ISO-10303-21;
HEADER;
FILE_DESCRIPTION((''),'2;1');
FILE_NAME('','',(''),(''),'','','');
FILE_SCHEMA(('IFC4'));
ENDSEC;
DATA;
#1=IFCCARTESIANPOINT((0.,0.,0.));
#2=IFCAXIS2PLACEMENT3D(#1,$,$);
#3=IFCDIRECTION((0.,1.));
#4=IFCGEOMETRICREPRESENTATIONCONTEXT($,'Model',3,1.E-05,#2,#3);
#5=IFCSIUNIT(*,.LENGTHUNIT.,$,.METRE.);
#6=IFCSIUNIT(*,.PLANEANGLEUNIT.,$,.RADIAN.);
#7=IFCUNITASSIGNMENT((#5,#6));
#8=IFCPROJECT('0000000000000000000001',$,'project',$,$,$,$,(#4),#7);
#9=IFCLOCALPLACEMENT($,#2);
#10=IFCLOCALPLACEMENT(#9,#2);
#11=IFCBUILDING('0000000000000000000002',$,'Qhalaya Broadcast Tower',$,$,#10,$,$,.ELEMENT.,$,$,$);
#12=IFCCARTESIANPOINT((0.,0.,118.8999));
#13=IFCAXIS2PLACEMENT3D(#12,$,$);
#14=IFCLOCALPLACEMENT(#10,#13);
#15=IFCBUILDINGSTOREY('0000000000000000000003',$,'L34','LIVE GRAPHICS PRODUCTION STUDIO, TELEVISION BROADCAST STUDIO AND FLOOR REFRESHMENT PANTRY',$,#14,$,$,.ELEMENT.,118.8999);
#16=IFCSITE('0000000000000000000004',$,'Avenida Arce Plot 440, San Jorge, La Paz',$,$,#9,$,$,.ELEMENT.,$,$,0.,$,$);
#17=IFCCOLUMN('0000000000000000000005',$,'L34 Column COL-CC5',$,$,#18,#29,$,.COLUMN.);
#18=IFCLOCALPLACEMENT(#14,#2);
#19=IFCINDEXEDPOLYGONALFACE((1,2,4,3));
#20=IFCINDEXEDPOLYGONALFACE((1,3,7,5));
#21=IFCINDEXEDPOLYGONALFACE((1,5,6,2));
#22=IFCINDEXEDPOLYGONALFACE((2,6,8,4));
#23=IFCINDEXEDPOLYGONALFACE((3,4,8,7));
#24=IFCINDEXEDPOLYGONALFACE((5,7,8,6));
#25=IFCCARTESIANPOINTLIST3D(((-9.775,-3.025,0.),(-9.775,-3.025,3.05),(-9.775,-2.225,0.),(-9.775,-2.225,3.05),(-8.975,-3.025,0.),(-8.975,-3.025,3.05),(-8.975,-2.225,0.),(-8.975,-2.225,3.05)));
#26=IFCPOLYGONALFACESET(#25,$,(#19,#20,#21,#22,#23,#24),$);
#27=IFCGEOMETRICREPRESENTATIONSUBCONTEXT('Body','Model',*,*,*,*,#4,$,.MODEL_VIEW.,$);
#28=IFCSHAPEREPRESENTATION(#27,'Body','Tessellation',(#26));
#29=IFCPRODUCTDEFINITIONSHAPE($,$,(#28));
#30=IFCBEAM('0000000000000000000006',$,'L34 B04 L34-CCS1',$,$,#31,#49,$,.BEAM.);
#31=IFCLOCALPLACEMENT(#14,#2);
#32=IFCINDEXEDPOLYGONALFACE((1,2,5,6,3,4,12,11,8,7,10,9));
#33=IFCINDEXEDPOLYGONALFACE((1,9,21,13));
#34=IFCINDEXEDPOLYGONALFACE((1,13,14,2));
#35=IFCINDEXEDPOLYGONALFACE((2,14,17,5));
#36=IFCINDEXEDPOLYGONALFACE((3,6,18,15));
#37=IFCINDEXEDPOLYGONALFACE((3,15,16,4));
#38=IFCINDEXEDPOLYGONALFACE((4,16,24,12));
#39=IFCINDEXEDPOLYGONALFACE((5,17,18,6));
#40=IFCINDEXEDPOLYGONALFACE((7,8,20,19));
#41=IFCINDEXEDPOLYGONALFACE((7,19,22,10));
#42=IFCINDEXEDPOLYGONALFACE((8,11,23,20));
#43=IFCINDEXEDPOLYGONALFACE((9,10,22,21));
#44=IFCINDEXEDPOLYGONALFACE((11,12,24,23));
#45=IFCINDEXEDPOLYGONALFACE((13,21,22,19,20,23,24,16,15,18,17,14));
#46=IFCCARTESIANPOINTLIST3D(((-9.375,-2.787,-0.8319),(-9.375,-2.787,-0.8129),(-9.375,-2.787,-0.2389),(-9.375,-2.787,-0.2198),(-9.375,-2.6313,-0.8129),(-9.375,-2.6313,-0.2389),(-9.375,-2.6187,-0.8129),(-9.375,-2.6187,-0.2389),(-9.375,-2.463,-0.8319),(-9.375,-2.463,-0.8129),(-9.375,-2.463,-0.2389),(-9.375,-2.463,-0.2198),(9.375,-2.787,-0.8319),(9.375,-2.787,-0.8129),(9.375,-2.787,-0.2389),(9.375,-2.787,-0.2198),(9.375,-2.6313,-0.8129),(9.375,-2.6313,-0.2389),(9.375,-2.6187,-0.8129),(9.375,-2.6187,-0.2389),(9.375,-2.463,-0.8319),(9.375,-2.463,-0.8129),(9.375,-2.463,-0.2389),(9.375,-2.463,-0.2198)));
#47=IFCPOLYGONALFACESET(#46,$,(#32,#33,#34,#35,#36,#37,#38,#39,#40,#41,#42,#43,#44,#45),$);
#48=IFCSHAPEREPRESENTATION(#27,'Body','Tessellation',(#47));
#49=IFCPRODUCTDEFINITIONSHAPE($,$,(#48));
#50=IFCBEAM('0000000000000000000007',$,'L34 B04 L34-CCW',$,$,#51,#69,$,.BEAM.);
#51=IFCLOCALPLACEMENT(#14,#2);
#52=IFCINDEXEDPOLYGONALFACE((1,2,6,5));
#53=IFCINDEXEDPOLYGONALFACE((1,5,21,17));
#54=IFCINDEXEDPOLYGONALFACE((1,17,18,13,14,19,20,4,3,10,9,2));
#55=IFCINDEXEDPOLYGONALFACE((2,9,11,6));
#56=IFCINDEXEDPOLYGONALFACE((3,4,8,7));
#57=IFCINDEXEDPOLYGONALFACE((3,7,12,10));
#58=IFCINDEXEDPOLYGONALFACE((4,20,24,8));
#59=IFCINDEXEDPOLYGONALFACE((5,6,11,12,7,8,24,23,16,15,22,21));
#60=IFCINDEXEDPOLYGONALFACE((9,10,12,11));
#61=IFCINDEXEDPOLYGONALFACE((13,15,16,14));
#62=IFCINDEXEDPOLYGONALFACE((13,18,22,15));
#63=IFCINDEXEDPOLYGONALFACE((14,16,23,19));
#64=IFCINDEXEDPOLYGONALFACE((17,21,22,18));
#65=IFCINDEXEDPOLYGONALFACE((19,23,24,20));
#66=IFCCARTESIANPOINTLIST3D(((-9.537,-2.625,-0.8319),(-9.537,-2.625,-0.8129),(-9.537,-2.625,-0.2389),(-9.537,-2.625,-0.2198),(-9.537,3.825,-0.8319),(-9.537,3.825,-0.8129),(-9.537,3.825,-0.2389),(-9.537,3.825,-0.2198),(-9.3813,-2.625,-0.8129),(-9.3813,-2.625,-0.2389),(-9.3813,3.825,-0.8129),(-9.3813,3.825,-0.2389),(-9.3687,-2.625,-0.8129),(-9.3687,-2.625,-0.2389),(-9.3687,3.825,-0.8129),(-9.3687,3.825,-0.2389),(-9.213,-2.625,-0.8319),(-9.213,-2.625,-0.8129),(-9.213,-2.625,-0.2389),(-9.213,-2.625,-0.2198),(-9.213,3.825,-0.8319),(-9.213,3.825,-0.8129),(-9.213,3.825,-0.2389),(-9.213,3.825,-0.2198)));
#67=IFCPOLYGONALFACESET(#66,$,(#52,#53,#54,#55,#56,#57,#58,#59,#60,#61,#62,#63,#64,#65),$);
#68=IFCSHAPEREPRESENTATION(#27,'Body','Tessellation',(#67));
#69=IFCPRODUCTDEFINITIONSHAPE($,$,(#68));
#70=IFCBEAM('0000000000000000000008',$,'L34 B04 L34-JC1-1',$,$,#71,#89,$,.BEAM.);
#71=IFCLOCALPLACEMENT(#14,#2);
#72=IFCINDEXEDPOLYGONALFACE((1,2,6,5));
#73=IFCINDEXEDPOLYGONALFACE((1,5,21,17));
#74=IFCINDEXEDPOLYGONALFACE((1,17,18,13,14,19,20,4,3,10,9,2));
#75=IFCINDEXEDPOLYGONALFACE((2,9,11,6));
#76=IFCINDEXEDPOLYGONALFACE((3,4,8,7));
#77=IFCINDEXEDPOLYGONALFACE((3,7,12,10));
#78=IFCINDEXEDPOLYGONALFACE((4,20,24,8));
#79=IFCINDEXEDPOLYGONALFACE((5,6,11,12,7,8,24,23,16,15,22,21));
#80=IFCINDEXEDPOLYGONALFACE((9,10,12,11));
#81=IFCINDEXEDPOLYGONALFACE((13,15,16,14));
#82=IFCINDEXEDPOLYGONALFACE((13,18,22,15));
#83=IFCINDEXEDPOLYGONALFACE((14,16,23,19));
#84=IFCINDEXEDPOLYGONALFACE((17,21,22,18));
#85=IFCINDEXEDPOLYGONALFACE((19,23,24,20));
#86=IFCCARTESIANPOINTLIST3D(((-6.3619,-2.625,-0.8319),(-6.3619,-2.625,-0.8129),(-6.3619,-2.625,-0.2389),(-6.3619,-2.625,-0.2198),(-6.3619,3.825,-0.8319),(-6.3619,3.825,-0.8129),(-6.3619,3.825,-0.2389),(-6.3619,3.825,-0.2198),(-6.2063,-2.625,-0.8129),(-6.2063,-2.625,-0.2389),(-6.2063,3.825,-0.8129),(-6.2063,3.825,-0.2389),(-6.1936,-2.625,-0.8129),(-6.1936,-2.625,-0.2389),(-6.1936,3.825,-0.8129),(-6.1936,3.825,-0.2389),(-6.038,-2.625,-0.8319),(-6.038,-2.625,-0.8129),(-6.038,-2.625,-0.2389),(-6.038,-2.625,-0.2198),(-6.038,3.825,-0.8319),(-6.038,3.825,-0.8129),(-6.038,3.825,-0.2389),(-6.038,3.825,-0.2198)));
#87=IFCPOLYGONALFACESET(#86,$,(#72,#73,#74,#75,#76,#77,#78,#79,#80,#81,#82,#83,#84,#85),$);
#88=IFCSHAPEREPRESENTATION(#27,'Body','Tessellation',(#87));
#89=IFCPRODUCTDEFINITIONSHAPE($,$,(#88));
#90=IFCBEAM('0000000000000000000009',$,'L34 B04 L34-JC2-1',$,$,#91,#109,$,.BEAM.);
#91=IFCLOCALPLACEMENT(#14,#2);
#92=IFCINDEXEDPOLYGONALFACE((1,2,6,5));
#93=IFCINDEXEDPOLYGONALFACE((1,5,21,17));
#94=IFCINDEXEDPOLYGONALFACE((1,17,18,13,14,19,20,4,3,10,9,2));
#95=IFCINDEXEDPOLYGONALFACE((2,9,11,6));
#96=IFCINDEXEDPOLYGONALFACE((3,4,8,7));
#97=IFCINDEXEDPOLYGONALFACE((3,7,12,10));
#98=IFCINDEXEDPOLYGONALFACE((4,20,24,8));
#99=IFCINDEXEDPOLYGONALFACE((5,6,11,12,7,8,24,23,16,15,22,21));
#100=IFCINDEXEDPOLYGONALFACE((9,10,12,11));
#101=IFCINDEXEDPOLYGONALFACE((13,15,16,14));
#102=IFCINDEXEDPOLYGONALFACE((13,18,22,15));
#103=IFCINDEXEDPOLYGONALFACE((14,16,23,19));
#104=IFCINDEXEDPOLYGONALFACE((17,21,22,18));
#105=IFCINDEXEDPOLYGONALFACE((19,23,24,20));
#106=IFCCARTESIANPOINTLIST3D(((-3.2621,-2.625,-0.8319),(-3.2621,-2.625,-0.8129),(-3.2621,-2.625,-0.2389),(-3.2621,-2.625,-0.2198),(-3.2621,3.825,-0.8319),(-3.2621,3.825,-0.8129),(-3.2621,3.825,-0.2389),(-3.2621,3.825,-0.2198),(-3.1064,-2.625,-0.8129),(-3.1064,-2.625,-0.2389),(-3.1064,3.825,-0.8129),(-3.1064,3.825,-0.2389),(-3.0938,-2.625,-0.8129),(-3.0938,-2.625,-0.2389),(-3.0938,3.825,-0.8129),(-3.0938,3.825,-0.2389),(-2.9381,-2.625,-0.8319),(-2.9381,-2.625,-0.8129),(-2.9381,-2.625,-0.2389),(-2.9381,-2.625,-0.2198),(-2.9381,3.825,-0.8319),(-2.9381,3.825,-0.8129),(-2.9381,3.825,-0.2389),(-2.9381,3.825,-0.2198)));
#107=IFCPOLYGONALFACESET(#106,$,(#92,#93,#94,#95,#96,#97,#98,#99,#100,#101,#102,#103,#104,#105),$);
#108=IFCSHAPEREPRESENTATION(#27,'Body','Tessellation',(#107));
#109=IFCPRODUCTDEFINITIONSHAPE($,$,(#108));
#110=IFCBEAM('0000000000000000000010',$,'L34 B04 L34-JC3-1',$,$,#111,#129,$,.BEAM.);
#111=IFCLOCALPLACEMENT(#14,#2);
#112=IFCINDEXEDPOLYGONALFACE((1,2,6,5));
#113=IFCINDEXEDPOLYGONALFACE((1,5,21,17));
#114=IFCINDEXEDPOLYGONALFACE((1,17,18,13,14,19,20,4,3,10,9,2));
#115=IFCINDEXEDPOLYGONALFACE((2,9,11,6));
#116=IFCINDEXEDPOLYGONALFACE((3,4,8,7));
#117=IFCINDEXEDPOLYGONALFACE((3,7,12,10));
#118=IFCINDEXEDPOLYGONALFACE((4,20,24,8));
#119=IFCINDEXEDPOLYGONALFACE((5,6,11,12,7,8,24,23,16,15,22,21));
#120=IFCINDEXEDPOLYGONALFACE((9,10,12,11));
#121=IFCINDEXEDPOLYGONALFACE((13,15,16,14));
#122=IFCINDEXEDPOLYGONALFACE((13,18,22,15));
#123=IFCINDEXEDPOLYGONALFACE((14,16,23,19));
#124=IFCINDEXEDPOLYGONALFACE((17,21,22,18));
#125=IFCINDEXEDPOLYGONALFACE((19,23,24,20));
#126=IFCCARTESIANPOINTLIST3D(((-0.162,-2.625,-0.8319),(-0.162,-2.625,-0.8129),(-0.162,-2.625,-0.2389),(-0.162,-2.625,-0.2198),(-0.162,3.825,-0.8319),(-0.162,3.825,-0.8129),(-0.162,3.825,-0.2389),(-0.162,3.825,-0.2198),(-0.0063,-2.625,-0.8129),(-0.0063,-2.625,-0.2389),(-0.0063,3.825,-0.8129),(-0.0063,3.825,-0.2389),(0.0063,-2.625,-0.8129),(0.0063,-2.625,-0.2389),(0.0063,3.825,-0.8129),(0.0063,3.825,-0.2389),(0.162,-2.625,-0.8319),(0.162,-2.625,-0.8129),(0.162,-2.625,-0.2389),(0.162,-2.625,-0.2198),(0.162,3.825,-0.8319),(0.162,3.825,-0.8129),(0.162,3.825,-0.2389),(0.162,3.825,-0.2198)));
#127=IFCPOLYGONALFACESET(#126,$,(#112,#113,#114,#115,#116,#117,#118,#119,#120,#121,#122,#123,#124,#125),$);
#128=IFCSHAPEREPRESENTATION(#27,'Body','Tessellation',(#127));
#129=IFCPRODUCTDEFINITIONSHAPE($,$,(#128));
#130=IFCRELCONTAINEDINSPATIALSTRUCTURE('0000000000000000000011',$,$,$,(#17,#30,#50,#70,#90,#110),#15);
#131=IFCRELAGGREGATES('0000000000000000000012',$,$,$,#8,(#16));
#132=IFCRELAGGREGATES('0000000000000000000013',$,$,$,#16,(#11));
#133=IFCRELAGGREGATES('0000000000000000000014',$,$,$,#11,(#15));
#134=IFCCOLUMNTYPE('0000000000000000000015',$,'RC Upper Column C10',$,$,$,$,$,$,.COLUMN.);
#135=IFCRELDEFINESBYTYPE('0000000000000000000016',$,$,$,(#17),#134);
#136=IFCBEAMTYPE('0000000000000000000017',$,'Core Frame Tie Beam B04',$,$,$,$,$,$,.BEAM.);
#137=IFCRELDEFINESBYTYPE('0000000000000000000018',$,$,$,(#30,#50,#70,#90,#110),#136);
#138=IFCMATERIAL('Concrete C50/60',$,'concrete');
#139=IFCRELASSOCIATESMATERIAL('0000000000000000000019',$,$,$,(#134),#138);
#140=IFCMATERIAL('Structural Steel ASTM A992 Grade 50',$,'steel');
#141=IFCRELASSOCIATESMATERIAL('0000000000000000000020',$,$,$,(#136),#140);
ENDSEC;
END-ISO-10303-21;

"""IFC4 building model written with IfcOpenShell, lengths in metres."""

from ifc_helpers import new_model, si_unit, direction, frame, origin, origin_2d, place, context, subcontext, project, spatial, rectangle, i_section, extrude, material, material_profile, profile_set, type_object, element, save


model = new_model("IFC4")

# Units and contexts
model_context = context("Model", 3, precision=1e-05, world=origin(), true_north=direction((0.0, 1.0)))
body_context = subcontext(model_context, "Body", "Model", "MODEL_VIEW")
ifc_project = project(units=[si_unit("LENGTHUNIT", "METRE"), si_unit("PLANEANGLEUNIT", "RADIAN")], contexts=[model_context])

# Site, building, storey
site_placement = place(None, origin())
site = spatial("IfcSite", under=ifc_project, at=site_placement, Name="Avenida Arce Plot 440, San Jorge, La Paz", CompositionType="ELEMENT", RefElevation=0.0)
building_placement = place(site_placement, origin())
building = spatial("IfcBuilding", under=site, at=building_placement, Name="Qhalaya Broadcast Tower", CompositionType="ELEMENT")
storey_placement = place(building_placement, frame((0.0, 0.0, 118.8999)))
storey = spatial("IfcBuildingStorey", under=building, at=storey_placement, Name="L34", Description="LIVE GRAPHICS PRODUCTION STUDIO, TELEVISION BROADCAST STUDIO AND FLOOR REFRESHMENT PANTRY", CompositionType="ELEMENT", Elevation=118.8999)

# Column
ifc_material_1 = material(Name="Concrete C50/60", Category="concrete")
ifc_material_profile_1 = material_profile(ifc_material_1, rectangle(XDim=0.8, YDim=0.8, at=origin_2d()), Name="RC-COL 800x800")
ifc_profile_set_1 = profile_set([ifc_material_profile_1], Name="Concrete C50/60")
column_type = type_object("IfcColumnType", Name="RC Upper Column C10", PredefinedType="COLUMN", material=ifc_profile_set_1)
column_placement = place(storey_placement, frame((-9.375, -2.625, 0.0), z_axis=(0.0, 0.0, 1.0), x_axis=(1.0, 0.0, 0.0)))
element("IfcColumn", 1, at=column_placement, inside=storey, type_object=column_type, Name="L34 Column COL-CC5", PredefinedType="COLUMN", context=body_context, shape_type="SweptSolid", body=[
    extrude(rectangle(XDim=0.8, YDim=0.8, at=origin_2d()), origin(), (0.0, 0.0, 1.0), 3.05),
])

# Beams
ifc_material_2 = material(Name="Structural Steel ASTM A992 Grade 50", Category="steel")
ifc_material_profile_2 = material_profile(ifc_material_2, i_section(OverallWidth=0.324, OverallDepth=0.6121, WebThickness=0.0127, FlangeThickness=0.019, at=origin_2d()), Name="W24X104")
ifc_profile_set_2 = profile_set([ifc_material_profile_2], Name="Structural Steel ASTM A992 Grade 50")
beam_type = type_object("IfcBeamType", Name="Core Frame Tie Beam B04", PredefinedType="BEAM", material=ifc_profile_set_2)
beam_placement = place(storey_placement, frame((-9.375, -2.625, -0.5259), z_axis=(1.0, 0.0, 0.0), x_axis=(0.0, 1.0, 0.0)))
element("IfcBeam", 2, at=beam_placement, inside=storey, type_object=beam_type, Name="L34 B04 L34-CCS1", PredefinedType="BEAM", context=body_context, shape_type="SweptSolid", body=[
    extrude(i_section(OverallWidth=0.324, OverallDepth=0.6121, WebThickness=0.0127, FlangeThickness=0.019, at=origin_2d()), origin(), (0.0, 0.0, 1.0), 18.75),
])
for number, where, z_axis, x_axis, name in (
    (3, (-9.375, -2.625, -0.5259), (0.0, 1.0, 0.0), (-1.0, 0.0, 0.0), "L34 B04 L34-CCW"),
    (4, (-6.2, -2.625, -0.5259), (0.0, 1.0, 0.0), (-1.0, 0.0, 0.0), "L34 B04 L34-JC1-1"),
    (5, (-3.1001, -2.625, -0.5259), (0.0, 1.0, 0.0), (-1.0, 0.0, 0.0), "L34 B04 L34-JC2-1"),
    (6, (0.0, -2.625, -0.5259), (0.0, 1.0, 0.0), (-1.0, 0.0, 0.0), "L34 B04 L34-JC3-1"),
):
    element("IfcBeam", number, at=place(storey_placement, frame(where, z_axis=z_axis, x_axis=x_axis)), inside=storey, type_object=beam_type, Name=name, PredefinedType="BEAM", context=body_context, shape_type="SweptSolid", body=[
        extrude(i_section(OverallWidth=0.324, OverallDepth=0.6121, WebThickness=0.0127, FlangeThickness=0.019, at=origin_2d()), origin(), (0.0, 0.0, 1.0), 6.45),
    ])

save(model, "model.ifc")
